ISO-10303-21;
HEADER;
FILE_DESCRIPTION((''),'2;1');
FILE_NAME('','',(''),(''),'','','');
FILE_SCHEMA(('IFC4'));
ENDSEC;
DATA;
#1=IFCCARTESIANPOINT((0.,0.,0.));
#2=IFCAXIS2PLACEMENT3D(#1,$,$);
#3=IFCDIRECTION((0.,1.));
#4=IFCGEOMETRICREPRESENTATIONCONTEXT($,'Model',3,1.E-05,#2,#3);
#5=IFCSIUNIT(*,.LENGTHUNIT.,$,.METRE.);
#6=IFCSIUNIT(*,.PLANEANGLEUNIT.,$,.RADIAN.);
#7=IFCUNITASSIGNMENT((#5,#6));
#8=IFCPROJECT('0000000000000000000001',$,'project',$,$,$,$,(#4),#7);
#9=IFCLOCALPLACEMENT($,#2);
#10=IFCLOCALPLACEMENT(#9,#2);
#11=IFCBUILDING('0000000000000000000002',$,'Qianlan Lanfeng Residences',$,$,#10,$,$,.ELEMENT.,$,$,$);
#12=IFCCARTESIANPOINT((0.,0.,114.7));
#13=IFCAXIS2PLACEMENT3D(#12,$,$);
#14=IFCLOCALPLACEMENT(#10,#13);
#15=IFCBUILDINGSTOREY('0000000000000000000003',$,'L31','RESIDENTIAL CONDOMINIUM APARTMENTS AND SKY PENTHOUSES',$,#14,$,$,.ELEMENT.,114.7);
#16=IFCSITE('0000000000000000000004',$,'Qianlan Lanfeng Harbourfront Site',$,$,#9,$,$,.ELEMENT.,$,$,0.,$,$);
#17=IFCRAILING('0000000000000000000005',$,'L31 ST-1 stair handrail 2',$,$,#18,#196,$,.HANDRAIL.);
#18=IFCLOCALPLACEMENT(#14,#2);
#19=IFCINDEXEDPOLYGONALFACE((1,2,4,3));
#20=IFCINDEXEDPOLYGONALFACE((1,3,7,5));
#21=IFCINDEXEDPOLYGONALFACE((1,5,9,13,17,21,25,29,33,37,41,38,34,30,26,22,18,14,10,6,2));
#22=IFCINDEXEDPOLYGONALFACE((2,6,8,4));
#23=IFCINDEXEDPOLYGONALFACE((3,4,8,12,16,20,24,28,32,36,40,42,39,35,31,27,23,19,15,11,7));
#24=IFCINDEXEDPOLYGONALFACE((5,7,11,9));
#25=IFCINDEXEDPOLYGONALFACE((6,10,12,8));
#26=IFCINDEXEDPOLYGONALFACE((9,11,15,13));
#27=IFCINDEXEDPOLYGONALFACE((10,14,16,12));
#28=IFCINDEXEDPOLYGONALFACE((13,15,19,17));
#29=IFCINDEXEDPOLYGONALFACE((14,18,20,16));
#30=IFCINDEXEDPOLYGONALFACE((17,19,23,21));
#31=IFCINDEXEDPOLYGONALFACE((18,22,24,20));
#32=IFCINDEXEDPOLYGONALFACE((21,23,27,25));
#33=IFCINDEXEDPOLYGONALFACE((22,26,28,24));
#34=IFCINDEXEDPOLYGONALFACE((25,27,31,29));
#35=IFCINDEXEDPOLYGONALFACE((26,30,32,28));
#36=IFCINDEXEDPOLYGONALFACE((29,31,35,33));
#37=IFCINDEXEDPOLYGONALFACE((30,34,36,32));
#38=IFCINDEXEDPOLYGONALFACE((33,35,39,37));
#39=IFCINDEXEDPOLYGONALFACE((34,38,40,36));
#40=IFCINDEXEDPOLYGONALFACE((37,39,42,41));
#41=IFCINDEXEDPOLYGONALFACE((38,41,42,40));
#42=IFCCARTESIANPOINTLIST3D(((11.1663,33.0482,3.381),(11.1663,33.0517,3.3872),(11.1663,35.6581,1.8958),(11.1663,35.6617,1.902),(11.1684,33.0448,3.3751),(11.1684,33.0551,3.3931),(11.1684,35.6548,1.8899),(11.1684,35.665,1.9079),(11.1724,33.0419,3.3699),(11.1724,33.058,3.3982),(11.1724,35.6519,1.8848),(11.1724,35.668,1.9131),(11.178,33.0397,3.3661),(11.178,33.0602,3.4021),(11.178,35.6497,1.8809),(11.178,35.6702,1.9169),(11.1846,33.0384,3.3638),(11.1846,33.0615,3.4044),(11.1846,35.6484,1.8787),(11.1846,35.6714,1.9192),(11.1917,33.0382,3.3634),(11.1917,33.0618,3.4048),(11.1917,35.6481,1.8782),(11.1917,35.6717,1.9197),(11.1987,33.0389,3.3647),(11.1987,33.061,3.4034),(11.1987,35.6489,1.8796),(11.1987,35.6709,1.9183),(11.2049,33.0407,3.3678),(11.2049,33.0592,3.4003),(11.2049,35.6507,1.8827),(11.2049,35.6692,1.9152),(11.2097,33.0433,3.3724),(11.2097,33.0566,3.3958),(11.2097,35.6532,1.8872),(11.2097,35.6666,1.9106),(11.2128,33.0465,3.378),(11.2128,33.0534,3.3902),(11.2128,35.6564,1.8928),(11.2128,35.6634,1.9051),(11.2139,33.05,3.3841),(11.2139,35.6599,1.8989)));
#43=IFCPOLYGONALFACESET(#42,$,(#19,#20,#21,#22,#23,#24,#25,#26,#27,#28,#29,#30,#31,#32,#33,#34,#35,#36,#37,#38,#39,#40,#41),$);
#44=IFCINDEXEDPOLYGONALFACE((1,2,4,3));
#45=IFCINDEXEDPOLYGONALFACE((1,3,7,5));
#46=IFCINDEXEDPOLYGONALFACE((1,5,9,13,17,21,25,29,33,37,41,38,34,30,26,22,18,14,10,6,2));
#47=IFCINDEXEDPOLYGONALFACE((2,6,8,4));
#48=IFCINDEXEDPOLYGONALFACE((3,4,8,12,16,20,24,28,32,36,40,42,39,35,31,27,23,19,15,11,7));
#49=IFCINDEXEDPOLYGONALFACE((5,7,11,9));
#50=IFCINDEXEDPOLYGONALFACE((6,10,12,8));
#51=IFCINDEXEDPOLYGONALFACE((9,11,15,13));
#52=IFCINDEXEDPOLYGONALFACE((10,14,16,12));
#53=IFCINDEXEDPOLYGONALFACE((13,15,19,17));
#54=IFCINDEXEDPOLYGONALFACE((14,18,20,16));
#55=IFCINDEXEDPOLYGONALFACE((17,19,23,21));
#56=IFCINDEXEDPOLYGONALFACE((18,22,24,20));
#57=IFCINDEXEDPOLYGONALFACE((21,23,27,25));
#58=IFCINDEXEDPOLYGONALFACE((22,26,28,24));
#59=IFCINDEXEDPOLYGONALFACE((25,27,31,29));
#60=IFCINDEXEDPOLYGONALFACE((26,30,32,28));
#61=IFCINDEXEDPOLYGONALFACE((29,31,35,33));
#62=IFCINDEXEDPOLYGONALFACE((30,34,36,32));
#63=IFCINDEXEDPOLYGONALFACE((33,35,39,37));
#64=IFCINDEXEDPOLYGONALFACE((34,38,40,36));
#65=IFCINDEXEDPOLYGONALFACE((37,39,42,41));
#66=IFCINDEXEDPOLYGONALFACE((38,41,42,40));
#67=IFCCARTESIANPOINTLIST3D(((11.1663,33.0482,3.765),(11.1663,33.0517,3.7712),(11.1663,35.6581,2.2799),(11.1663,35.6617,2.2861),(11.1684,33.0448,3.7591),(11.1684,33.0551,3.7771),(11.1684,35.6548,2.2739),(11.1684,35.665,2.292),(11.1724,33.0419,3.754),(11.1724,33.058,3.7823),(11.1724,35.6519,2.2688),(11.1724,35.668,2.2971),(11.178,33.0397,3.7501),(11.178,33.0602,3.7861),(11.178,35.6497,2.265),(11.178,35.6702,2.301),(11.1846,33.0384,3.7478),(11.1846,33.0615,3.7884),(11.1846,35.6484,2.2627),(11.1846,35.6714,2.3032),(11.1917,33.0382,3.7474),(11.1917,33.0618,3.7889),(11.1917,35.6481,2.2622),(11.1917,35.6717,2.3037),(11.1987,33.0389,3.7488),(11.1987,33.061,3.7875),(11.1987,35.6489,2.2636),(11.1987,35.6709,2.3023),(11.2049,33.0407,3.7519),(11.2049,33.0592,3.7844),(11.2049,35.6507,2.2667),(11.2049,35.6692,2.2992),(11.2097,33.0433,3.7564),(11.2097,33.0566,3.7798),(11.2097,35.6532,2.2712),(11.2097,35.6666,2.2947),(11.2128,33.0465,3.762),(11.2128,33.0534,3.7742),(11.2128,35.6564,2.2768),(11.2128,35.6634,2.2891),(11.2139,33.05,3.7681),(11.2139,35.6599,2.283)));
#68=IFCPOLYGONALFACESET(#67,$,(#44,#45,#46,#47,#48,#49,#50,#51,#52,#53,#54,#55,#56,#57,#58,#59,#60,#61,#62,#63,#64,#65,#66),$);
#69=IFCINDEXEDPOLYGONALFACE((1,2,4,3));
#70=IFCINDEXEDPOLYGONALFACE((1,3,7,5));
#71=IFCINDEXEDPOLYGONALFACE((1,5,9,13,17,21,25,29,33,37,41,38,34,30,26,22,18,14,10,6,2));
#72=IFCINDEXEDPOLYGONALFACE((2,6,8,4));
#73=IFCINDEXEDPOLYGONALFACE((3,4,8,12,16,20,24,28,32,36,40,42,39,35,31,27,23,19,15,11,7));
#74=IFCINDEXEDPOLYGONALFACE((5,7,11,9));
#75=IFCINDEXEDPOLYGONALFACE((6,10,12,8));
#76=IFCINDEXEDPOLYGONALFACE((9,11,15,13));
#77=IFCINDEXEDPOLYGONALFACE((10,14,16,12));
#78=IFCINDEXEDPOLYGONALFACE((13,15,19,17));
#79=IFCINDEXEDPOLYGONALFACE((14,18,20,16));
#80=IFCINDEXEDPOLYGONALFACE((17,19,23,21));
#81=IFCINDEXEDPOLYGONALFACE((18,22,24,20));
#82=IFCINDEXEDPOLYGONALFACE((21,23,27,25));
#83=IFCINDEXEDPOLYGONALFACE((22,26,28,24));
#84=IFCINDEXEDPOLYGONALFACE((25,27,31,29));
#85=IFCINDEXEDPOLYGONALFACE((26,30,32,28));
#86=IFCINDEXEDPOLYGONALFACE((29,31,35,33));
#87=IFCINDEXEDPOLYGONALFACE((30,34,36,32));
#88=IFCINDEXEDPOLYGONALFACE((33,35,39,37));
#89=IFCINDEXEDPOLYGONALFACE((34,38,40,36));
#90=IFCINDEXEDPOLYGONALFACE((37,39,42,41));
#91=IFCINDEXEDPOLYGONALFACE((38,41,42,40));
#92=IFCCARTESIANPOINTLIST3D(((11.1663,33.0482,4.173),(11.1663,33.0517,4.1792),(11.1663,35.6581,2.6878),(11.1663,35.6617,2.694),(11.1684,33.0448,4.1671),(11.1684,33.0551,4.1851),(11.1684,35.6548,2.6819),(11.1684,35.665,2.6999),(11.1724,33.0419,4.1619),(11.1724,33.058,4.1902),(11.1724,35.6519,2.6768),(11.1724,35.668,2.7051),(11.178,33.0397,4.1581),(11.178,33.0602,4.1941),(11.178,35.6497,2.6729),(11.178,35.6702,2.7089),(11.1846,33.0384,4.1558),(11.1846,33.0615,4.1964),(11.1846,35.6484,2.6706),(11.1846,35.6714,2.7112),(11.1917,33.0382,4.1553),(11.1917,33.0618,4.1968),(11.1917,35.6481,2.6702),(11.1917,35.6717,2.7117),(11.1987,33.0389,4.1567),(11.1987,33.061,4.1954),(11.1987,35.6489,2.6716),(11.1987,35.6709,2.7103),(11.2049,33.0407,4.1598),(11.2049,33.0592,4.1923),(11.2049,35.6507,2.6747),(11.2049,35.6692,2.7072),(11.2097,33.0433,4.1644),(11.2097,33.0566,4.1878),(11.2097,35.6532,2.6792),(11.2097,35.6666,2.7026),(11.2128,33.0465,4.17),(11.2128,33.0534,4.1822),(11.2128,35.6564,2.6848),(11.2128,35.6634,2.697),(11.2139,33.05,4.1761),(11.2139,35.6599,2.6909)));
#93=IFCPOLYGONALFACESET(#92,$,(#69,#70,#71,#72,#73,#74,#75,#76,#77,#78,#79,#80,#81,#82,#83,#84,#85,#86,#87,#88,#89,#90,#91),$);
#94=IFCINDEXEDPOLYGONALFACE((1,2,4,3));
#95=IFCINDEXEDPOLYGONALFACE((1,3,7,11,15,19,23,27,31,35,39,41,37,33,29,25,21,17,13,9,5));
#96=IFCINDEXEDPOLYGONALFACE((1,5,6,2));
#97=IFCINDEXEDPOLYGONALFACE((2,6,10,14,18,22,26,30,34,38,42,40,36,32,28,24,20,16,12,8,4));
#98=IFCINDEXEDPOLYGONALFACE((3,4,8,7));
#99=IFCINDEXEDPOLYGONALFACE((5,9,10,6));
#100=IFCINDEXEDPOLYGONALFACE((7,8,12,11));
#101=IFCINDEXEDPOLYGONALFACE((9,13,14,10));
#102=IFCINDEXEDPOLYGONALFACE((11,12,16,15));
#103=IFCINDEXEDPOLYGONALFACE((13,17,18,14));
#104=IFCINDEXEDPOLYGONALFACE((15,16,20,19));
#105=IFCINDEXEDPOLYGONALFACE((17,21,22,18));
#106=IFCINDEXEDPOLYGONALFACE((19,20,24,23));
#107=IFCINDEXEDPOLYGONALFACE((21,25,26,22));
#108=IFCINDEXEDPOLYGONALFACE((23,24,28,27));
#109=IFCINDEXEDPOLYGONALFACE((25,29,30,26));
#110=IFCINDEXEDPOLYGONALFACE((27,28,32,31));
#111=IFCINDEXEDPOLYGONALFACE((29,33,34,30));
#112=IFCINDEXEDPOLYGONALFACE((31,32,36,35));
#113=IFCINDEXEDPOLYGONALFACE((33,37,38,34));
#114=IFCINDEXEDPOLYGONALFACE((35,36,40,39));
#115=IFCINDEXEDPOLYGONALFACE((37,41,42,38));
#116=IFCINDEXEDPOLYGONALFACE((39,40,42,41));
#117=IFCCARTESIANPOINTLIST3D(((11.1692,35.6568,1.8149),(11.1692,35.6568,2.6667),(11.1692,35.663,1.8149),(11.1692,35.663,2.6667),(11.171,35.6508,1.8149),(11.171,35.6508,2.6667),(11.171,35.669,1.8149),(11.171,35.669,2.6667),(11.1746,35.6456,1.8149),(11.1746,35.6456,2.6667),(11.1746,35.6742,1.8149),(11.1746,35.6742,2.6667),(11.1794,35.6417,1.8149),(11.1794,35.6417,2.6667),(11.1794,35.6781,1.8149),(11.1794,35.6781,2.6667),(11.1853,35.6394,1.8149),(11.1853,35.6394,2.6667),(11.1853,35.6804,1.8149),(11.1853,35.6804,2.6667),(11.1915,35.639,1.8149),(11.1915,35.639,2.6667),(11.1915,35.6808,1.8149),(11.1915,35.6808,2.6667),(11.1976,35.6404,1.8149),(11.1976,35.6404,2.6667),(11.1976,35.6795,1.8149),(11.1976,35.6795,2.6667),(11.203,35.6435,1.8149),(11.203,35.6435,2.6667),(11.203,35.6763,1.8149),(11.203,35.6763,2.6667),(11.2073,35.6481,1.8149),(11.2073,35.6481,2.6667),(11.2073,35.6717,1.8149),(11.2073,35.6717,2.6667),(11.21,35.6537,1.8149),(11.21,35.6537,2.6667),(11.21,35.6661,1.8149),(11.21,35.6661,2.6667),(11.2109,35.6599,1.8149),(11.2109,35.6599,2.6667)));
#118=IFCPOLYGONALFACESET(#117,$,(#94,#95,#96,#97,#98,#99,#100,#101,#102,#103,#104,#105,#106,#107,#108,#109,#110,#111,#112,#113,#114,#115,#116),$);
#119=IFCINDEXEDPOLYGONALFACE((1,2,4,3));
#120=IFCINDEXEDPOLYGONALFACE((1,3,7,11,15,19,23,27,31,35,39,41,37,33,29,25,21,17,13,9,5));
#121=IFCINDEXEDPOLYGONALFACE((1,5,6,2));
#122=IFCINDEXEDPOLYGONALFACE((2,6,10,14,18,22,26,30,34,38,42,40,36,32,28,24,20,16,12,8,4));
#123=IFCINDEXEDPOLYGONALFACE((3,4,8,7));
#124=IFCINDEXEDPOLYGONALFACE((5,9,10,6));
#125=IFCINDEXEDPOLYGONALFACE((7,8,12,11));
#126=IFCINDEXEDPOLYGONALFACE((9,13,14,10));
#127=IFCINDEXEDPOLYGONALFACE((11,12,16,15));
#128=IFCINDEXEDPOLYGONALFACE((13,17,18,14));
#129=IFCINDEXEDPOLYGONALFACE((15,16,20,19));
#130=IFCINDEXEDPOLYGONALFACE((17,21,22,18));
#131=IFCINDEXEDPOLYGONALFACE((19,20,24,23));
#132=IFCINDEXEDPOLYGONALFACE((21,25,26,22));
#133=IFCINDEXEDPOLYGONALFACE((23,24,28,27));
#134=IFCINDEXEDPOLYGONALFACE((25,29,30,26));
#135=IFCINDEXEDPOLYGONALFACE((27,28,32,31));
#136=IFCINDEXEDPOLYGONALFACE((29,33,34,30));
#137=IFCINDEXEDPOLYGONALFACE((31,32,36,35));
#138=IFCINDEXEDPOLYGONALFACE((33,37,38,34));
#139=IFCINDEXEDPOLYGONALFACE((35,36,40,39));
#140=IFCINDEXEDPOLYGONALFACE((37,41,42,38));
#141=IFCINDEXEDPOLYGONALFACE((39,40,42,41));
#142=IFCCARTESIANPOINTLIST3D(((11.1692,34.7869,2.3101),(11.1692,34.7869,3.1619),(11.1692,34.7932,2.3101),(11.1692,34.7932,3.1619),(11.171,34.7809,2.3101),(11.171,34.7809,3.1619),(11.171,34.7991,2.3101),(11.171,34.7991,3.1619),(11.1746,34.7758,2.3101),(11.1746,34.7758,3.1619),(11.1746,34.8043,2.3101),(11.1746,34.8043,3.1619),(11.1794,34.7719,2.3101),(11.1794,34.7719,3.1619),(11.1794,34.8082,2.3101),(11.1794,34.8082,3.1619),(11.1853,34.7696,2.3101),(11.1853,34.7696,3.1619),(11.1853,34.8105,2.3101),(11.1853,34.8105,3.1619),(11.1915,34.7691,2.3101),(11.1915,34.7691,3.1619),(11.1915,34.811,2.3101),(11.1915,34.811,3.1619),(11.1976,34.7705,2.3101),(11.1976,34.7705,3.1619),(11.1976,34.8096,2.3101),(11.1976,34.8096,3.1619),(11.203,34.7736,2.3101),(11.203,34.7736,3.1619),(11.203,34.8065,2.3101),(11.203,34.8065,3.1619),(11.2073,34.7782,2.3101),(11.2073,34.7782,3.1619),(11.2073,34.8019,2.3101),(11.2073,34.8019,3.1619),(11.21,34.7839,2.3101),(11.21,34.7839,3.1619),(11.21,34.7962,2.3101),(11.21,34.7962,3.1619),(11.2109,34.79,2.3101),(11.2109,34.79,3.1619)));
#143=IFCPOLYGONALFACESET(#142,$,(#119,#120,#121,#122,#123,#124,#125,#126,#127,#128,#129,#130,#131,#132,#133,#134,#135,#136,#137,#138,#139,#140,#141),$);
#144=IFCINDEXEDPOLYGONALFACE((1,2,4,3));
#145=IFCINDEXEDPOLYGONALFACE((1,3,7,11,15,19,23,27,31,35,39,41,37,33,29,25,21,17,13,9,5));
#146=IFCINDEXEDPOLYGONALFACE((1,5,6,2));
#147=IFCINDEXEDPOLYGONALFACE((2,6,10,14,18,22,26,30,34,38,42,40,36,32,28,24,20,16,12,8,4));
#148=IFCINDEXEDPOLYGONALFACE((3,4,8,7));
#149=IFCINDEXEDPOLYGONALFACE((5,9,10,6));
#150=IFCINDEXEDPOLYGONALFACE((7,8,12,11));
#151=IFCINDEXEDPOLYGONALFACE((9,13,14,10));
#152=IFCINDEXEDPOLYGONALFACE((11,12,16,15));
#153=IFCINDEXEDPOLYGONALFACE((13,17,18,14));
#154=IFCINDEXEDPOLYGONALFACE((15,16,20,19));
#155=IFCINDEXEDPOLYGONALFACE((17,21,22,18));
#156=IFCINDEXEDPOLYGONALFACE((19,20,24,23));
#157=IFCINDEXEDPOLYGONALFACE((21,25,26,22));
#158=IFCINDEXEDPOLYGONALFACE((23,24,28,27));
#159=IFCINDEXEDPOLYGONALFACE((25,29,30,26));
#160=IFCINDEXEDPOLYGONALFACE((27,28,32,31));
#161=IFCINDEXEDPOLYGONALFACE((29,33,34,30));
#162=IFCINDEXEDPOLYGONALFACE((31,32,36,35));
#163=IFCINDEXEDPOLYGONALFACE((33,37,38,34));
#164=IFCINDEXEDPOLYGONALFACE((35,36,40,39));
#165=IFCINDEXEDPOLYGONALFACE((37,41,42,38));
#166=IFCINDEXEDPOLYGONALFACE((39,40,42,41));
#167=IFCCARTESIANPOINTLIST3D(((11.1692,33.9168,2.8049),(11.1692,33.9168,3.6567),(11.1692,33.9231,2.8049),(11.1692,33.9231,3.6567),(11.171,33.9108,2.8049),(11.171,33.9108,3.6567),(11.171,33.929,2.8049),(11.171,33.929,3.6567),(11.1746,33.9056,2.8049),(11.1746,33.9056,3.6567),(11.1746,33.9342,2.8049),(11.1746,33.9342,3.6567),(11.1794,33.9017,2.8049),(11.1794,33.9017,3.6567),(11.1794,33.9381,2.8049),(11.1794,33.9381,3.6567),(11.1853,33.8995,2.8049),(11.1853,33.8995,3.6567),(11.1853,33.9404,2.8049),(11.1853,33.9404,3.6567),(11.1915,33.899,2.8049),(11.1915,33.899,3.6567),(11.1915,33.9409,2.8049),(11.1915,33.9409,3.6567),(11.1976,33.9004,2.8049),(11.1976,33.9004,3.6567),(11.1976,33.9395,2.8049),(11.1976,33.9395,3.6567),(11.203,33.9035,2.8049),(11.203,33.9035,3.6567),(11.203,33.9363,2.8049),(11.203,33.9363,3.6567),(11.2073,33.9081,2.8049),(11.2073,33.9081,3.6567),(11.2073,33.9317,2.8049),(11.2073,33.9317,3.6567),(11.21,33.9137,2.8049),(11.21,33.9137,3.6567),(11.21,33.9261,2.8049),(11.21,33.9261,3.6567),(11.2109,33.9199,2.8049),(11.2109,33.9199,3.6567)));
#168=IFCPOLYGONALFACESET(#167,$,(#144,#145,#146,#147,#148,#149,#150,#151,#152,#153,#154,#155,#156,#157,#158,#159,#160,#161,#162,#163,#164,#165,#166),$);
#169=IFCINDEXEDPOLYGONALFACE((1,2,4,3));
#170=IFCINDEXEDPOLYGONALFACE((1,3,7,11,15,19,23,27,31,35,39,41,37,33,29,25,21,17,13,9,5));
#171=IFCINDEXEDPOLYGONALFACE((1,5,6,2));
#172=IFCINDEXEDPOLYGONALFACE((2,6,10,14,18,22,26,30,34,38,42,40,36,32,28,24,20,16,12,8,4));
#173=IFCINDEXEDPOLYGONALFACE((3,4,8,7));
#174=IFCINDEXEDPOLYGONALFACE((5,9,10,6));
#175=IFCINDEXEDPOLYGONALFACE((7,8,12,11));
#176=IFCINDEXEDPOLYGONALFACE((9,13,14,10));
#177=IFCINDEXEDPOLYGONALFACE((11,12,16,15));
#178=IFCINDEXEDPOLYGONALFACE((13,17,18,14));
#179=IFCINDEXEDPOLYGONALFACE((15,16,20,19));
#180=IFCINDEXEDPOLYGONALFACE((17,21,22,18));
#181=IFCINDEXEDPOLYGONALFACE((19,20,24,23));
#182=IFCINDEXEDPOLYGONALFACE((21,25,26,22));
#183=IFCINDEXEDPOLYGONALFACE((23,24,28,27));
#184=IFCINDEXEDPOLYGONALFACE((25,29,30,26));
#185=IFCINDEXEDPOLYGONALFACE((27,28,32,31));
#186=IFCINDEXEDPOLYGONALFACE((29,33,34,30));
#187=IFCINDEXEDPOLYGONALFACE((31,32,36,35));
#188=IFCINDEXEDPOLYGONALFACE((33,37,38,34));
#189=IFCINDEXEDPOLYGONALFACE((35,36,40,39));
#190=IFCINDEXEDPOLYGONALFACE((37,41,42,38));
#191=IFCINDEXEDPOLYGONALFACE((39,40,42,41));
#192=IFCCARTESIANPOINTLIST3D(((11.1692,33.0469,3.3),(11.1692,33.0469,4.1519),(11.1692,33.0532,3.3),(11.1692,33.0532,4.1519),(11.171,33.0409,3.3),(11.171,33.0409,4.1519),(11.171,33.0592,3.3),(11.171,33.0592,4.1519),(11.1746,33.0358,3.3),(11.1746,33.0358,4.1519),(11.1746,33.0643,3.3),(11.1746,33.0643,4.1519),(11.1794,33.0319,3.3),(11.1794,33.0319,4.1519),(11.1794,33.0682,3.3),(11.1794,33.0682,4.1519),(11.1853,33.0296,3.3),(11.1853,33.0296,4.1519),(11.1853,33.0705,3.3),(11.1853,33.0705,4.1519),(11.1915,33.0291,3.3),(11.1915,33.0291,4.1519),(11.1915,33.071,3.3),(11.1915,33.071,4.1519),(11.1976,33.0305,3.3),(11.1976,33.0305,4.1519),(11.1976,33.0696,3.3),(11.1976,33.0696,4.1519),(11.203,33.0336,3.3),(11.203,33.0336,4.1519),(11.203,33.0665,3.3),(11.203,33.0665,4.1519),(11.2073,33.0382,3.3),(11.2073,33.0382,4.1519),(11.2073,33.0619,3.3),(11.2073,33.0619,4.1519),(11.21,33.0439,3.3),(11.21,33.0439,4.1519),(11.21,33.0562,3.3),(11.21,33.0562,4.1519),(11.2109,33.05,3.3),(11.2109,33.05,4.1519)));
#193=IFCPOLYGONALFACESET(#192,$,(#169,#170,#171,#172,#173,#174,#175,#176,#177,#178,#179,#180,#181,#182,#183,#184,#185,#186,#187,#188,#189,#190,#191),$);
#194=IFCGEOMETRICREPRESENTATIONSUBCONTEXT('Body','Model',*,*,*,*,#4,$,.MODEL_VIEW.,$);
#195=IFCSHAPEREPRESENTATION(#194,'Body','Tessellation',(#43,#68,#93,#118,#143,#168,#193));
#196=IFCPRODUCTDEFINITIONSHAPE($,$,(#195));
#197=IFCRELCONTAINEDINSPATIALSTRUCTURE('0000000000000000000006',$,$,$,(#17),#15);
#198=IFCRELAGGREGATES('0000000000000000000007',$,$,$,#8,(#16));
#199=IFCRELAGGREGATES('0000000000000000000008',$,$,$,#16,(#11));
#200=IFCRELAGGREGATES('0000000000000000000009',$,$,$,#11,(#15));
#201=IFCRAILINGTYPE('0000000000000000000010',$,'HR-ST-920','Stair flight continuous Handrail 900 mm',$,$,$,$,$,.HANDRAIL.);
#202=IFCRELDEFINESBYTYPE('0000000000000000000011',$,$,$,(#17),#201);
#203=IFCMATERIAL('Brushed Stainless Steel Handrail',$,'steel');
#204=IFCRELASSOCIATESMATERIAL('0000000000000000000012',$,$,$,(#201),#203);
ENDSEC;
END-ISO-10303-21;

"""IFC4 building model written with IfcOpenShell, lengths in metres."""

from ifc_helpers import new_model, si_unit, direction, frame, origin, origin_2d, place, context, subcontext, project, spatial, circle, extrude, material, type_object, element, save


model = new_model("IFC4")

# Units and contexts
model_context = context("Model", 3, precision=1e-05, world=origin(), true_north=direction((0.0, 1.0)))
body_context = subcontext(model_context, "Body", "Model", "MODEL_VIEW")
ifc_project = project(units=[si_unit("LENGTHUNIT", "METRE"), si_unit("PLANEANGLEUNIT", "RADIAN")], contexts=[model_context])

# Site, building, storey
site_placement = place(None, origin())
site = spatial("IfcSite", under=ifc_project, at=site_placement, Name="Qianlan Lanfeng Harbourfront Site", CompositionType="ELEMENT", RefElevation=0.0)
building_placement = place(site_placement, origin())
building = spatial("IfcBuilding", under=site, at=building_placement, Name="Qianlan Lanfeng Residences", CompositionType="ELEMENT")
storey_placement = place(building_placement, frame((0.0, 0.0, 114.7)))
storey = spatial("IfcBuildingStorey", under=building, at=storey_placement, Name="L31", Description="RESIDENTIAL CONDOMINIUM APARTMENTS AND SKY PENTHOUSES", CompositionType="ELEMENT", Elevation=114.7)

# Railing
ifc_material_1 = material(Name="Brushed Stainless Steel Handrail", Category="steel")
railing_type_1 = type_object("IfcRailingType", Name="HR-ST-920", Description="Stair flight continuous Handrail 900 mm", PredefinedType="HANDRAIL", material=ifc_material_1)
railing_1_placement = place(storey_placement, frame((11.1899, 35.6599, 1.8149)))
element("IfcRailing", 1, at=railing_1_placement, inside=storey, type_object=railing_type_1, Name="L31 ST-1 stair handrail 2", PredefinedType="HANDRAIL", context=body_context, shape_type="SweptSolid", body=[
    extrude(circle(Radius=0.0239, at=origin_2d()), frame((0.0, 0.0, 0.084), z_axis=(0.0, -0.869137, 0.494571), x_axis=(1.0, 0.0, 0.0)), (0.0, 0.0, 1.0), 3.0029),
    extrude(circle(Radius=0.0239, at=origin_2d()), frame((0.0, 0.0, 0.468), z_axis=(0.0, -0.869137, 0.494571), x_axis=(1.0, 0.0, 0.0)), (0.0, 0.0, 1.0), 3.0029),
    extrude(circle(Radius=0.0239, at=origin_2d()), frame((0.0, 0.0, 0.876), z_axis=(0.0, -0.869137, 0.494571), x_axis=(1.0, 0.0, 0.0)), (0.0, 0.0, 1.0), 3.0029),
    extrude(circle(Radius=0.021, at=origin_2d()), origin(), (0.0, 0.0, 1.0), 0.8518),
    extrude(circle(Radius=0.021, at=origin_2d()), frame((0.0, -0.8699, 0.4951)), (0.0, 0.0, 1.0), 0.8518),
    extrude(circle(Radius=0.021, at=origin_2d()), frame((0.0, -1.74, 0.99)), (0.0, 0.0, 1.0), 0.8518),
    extrude(circle(Radius=0.021, at=origin_2d()), frame((0.0, -2.6099, 1.4851)), (0.0, 0.0, 1.0), 0.8518),
])

save(model, "model.ifc")
